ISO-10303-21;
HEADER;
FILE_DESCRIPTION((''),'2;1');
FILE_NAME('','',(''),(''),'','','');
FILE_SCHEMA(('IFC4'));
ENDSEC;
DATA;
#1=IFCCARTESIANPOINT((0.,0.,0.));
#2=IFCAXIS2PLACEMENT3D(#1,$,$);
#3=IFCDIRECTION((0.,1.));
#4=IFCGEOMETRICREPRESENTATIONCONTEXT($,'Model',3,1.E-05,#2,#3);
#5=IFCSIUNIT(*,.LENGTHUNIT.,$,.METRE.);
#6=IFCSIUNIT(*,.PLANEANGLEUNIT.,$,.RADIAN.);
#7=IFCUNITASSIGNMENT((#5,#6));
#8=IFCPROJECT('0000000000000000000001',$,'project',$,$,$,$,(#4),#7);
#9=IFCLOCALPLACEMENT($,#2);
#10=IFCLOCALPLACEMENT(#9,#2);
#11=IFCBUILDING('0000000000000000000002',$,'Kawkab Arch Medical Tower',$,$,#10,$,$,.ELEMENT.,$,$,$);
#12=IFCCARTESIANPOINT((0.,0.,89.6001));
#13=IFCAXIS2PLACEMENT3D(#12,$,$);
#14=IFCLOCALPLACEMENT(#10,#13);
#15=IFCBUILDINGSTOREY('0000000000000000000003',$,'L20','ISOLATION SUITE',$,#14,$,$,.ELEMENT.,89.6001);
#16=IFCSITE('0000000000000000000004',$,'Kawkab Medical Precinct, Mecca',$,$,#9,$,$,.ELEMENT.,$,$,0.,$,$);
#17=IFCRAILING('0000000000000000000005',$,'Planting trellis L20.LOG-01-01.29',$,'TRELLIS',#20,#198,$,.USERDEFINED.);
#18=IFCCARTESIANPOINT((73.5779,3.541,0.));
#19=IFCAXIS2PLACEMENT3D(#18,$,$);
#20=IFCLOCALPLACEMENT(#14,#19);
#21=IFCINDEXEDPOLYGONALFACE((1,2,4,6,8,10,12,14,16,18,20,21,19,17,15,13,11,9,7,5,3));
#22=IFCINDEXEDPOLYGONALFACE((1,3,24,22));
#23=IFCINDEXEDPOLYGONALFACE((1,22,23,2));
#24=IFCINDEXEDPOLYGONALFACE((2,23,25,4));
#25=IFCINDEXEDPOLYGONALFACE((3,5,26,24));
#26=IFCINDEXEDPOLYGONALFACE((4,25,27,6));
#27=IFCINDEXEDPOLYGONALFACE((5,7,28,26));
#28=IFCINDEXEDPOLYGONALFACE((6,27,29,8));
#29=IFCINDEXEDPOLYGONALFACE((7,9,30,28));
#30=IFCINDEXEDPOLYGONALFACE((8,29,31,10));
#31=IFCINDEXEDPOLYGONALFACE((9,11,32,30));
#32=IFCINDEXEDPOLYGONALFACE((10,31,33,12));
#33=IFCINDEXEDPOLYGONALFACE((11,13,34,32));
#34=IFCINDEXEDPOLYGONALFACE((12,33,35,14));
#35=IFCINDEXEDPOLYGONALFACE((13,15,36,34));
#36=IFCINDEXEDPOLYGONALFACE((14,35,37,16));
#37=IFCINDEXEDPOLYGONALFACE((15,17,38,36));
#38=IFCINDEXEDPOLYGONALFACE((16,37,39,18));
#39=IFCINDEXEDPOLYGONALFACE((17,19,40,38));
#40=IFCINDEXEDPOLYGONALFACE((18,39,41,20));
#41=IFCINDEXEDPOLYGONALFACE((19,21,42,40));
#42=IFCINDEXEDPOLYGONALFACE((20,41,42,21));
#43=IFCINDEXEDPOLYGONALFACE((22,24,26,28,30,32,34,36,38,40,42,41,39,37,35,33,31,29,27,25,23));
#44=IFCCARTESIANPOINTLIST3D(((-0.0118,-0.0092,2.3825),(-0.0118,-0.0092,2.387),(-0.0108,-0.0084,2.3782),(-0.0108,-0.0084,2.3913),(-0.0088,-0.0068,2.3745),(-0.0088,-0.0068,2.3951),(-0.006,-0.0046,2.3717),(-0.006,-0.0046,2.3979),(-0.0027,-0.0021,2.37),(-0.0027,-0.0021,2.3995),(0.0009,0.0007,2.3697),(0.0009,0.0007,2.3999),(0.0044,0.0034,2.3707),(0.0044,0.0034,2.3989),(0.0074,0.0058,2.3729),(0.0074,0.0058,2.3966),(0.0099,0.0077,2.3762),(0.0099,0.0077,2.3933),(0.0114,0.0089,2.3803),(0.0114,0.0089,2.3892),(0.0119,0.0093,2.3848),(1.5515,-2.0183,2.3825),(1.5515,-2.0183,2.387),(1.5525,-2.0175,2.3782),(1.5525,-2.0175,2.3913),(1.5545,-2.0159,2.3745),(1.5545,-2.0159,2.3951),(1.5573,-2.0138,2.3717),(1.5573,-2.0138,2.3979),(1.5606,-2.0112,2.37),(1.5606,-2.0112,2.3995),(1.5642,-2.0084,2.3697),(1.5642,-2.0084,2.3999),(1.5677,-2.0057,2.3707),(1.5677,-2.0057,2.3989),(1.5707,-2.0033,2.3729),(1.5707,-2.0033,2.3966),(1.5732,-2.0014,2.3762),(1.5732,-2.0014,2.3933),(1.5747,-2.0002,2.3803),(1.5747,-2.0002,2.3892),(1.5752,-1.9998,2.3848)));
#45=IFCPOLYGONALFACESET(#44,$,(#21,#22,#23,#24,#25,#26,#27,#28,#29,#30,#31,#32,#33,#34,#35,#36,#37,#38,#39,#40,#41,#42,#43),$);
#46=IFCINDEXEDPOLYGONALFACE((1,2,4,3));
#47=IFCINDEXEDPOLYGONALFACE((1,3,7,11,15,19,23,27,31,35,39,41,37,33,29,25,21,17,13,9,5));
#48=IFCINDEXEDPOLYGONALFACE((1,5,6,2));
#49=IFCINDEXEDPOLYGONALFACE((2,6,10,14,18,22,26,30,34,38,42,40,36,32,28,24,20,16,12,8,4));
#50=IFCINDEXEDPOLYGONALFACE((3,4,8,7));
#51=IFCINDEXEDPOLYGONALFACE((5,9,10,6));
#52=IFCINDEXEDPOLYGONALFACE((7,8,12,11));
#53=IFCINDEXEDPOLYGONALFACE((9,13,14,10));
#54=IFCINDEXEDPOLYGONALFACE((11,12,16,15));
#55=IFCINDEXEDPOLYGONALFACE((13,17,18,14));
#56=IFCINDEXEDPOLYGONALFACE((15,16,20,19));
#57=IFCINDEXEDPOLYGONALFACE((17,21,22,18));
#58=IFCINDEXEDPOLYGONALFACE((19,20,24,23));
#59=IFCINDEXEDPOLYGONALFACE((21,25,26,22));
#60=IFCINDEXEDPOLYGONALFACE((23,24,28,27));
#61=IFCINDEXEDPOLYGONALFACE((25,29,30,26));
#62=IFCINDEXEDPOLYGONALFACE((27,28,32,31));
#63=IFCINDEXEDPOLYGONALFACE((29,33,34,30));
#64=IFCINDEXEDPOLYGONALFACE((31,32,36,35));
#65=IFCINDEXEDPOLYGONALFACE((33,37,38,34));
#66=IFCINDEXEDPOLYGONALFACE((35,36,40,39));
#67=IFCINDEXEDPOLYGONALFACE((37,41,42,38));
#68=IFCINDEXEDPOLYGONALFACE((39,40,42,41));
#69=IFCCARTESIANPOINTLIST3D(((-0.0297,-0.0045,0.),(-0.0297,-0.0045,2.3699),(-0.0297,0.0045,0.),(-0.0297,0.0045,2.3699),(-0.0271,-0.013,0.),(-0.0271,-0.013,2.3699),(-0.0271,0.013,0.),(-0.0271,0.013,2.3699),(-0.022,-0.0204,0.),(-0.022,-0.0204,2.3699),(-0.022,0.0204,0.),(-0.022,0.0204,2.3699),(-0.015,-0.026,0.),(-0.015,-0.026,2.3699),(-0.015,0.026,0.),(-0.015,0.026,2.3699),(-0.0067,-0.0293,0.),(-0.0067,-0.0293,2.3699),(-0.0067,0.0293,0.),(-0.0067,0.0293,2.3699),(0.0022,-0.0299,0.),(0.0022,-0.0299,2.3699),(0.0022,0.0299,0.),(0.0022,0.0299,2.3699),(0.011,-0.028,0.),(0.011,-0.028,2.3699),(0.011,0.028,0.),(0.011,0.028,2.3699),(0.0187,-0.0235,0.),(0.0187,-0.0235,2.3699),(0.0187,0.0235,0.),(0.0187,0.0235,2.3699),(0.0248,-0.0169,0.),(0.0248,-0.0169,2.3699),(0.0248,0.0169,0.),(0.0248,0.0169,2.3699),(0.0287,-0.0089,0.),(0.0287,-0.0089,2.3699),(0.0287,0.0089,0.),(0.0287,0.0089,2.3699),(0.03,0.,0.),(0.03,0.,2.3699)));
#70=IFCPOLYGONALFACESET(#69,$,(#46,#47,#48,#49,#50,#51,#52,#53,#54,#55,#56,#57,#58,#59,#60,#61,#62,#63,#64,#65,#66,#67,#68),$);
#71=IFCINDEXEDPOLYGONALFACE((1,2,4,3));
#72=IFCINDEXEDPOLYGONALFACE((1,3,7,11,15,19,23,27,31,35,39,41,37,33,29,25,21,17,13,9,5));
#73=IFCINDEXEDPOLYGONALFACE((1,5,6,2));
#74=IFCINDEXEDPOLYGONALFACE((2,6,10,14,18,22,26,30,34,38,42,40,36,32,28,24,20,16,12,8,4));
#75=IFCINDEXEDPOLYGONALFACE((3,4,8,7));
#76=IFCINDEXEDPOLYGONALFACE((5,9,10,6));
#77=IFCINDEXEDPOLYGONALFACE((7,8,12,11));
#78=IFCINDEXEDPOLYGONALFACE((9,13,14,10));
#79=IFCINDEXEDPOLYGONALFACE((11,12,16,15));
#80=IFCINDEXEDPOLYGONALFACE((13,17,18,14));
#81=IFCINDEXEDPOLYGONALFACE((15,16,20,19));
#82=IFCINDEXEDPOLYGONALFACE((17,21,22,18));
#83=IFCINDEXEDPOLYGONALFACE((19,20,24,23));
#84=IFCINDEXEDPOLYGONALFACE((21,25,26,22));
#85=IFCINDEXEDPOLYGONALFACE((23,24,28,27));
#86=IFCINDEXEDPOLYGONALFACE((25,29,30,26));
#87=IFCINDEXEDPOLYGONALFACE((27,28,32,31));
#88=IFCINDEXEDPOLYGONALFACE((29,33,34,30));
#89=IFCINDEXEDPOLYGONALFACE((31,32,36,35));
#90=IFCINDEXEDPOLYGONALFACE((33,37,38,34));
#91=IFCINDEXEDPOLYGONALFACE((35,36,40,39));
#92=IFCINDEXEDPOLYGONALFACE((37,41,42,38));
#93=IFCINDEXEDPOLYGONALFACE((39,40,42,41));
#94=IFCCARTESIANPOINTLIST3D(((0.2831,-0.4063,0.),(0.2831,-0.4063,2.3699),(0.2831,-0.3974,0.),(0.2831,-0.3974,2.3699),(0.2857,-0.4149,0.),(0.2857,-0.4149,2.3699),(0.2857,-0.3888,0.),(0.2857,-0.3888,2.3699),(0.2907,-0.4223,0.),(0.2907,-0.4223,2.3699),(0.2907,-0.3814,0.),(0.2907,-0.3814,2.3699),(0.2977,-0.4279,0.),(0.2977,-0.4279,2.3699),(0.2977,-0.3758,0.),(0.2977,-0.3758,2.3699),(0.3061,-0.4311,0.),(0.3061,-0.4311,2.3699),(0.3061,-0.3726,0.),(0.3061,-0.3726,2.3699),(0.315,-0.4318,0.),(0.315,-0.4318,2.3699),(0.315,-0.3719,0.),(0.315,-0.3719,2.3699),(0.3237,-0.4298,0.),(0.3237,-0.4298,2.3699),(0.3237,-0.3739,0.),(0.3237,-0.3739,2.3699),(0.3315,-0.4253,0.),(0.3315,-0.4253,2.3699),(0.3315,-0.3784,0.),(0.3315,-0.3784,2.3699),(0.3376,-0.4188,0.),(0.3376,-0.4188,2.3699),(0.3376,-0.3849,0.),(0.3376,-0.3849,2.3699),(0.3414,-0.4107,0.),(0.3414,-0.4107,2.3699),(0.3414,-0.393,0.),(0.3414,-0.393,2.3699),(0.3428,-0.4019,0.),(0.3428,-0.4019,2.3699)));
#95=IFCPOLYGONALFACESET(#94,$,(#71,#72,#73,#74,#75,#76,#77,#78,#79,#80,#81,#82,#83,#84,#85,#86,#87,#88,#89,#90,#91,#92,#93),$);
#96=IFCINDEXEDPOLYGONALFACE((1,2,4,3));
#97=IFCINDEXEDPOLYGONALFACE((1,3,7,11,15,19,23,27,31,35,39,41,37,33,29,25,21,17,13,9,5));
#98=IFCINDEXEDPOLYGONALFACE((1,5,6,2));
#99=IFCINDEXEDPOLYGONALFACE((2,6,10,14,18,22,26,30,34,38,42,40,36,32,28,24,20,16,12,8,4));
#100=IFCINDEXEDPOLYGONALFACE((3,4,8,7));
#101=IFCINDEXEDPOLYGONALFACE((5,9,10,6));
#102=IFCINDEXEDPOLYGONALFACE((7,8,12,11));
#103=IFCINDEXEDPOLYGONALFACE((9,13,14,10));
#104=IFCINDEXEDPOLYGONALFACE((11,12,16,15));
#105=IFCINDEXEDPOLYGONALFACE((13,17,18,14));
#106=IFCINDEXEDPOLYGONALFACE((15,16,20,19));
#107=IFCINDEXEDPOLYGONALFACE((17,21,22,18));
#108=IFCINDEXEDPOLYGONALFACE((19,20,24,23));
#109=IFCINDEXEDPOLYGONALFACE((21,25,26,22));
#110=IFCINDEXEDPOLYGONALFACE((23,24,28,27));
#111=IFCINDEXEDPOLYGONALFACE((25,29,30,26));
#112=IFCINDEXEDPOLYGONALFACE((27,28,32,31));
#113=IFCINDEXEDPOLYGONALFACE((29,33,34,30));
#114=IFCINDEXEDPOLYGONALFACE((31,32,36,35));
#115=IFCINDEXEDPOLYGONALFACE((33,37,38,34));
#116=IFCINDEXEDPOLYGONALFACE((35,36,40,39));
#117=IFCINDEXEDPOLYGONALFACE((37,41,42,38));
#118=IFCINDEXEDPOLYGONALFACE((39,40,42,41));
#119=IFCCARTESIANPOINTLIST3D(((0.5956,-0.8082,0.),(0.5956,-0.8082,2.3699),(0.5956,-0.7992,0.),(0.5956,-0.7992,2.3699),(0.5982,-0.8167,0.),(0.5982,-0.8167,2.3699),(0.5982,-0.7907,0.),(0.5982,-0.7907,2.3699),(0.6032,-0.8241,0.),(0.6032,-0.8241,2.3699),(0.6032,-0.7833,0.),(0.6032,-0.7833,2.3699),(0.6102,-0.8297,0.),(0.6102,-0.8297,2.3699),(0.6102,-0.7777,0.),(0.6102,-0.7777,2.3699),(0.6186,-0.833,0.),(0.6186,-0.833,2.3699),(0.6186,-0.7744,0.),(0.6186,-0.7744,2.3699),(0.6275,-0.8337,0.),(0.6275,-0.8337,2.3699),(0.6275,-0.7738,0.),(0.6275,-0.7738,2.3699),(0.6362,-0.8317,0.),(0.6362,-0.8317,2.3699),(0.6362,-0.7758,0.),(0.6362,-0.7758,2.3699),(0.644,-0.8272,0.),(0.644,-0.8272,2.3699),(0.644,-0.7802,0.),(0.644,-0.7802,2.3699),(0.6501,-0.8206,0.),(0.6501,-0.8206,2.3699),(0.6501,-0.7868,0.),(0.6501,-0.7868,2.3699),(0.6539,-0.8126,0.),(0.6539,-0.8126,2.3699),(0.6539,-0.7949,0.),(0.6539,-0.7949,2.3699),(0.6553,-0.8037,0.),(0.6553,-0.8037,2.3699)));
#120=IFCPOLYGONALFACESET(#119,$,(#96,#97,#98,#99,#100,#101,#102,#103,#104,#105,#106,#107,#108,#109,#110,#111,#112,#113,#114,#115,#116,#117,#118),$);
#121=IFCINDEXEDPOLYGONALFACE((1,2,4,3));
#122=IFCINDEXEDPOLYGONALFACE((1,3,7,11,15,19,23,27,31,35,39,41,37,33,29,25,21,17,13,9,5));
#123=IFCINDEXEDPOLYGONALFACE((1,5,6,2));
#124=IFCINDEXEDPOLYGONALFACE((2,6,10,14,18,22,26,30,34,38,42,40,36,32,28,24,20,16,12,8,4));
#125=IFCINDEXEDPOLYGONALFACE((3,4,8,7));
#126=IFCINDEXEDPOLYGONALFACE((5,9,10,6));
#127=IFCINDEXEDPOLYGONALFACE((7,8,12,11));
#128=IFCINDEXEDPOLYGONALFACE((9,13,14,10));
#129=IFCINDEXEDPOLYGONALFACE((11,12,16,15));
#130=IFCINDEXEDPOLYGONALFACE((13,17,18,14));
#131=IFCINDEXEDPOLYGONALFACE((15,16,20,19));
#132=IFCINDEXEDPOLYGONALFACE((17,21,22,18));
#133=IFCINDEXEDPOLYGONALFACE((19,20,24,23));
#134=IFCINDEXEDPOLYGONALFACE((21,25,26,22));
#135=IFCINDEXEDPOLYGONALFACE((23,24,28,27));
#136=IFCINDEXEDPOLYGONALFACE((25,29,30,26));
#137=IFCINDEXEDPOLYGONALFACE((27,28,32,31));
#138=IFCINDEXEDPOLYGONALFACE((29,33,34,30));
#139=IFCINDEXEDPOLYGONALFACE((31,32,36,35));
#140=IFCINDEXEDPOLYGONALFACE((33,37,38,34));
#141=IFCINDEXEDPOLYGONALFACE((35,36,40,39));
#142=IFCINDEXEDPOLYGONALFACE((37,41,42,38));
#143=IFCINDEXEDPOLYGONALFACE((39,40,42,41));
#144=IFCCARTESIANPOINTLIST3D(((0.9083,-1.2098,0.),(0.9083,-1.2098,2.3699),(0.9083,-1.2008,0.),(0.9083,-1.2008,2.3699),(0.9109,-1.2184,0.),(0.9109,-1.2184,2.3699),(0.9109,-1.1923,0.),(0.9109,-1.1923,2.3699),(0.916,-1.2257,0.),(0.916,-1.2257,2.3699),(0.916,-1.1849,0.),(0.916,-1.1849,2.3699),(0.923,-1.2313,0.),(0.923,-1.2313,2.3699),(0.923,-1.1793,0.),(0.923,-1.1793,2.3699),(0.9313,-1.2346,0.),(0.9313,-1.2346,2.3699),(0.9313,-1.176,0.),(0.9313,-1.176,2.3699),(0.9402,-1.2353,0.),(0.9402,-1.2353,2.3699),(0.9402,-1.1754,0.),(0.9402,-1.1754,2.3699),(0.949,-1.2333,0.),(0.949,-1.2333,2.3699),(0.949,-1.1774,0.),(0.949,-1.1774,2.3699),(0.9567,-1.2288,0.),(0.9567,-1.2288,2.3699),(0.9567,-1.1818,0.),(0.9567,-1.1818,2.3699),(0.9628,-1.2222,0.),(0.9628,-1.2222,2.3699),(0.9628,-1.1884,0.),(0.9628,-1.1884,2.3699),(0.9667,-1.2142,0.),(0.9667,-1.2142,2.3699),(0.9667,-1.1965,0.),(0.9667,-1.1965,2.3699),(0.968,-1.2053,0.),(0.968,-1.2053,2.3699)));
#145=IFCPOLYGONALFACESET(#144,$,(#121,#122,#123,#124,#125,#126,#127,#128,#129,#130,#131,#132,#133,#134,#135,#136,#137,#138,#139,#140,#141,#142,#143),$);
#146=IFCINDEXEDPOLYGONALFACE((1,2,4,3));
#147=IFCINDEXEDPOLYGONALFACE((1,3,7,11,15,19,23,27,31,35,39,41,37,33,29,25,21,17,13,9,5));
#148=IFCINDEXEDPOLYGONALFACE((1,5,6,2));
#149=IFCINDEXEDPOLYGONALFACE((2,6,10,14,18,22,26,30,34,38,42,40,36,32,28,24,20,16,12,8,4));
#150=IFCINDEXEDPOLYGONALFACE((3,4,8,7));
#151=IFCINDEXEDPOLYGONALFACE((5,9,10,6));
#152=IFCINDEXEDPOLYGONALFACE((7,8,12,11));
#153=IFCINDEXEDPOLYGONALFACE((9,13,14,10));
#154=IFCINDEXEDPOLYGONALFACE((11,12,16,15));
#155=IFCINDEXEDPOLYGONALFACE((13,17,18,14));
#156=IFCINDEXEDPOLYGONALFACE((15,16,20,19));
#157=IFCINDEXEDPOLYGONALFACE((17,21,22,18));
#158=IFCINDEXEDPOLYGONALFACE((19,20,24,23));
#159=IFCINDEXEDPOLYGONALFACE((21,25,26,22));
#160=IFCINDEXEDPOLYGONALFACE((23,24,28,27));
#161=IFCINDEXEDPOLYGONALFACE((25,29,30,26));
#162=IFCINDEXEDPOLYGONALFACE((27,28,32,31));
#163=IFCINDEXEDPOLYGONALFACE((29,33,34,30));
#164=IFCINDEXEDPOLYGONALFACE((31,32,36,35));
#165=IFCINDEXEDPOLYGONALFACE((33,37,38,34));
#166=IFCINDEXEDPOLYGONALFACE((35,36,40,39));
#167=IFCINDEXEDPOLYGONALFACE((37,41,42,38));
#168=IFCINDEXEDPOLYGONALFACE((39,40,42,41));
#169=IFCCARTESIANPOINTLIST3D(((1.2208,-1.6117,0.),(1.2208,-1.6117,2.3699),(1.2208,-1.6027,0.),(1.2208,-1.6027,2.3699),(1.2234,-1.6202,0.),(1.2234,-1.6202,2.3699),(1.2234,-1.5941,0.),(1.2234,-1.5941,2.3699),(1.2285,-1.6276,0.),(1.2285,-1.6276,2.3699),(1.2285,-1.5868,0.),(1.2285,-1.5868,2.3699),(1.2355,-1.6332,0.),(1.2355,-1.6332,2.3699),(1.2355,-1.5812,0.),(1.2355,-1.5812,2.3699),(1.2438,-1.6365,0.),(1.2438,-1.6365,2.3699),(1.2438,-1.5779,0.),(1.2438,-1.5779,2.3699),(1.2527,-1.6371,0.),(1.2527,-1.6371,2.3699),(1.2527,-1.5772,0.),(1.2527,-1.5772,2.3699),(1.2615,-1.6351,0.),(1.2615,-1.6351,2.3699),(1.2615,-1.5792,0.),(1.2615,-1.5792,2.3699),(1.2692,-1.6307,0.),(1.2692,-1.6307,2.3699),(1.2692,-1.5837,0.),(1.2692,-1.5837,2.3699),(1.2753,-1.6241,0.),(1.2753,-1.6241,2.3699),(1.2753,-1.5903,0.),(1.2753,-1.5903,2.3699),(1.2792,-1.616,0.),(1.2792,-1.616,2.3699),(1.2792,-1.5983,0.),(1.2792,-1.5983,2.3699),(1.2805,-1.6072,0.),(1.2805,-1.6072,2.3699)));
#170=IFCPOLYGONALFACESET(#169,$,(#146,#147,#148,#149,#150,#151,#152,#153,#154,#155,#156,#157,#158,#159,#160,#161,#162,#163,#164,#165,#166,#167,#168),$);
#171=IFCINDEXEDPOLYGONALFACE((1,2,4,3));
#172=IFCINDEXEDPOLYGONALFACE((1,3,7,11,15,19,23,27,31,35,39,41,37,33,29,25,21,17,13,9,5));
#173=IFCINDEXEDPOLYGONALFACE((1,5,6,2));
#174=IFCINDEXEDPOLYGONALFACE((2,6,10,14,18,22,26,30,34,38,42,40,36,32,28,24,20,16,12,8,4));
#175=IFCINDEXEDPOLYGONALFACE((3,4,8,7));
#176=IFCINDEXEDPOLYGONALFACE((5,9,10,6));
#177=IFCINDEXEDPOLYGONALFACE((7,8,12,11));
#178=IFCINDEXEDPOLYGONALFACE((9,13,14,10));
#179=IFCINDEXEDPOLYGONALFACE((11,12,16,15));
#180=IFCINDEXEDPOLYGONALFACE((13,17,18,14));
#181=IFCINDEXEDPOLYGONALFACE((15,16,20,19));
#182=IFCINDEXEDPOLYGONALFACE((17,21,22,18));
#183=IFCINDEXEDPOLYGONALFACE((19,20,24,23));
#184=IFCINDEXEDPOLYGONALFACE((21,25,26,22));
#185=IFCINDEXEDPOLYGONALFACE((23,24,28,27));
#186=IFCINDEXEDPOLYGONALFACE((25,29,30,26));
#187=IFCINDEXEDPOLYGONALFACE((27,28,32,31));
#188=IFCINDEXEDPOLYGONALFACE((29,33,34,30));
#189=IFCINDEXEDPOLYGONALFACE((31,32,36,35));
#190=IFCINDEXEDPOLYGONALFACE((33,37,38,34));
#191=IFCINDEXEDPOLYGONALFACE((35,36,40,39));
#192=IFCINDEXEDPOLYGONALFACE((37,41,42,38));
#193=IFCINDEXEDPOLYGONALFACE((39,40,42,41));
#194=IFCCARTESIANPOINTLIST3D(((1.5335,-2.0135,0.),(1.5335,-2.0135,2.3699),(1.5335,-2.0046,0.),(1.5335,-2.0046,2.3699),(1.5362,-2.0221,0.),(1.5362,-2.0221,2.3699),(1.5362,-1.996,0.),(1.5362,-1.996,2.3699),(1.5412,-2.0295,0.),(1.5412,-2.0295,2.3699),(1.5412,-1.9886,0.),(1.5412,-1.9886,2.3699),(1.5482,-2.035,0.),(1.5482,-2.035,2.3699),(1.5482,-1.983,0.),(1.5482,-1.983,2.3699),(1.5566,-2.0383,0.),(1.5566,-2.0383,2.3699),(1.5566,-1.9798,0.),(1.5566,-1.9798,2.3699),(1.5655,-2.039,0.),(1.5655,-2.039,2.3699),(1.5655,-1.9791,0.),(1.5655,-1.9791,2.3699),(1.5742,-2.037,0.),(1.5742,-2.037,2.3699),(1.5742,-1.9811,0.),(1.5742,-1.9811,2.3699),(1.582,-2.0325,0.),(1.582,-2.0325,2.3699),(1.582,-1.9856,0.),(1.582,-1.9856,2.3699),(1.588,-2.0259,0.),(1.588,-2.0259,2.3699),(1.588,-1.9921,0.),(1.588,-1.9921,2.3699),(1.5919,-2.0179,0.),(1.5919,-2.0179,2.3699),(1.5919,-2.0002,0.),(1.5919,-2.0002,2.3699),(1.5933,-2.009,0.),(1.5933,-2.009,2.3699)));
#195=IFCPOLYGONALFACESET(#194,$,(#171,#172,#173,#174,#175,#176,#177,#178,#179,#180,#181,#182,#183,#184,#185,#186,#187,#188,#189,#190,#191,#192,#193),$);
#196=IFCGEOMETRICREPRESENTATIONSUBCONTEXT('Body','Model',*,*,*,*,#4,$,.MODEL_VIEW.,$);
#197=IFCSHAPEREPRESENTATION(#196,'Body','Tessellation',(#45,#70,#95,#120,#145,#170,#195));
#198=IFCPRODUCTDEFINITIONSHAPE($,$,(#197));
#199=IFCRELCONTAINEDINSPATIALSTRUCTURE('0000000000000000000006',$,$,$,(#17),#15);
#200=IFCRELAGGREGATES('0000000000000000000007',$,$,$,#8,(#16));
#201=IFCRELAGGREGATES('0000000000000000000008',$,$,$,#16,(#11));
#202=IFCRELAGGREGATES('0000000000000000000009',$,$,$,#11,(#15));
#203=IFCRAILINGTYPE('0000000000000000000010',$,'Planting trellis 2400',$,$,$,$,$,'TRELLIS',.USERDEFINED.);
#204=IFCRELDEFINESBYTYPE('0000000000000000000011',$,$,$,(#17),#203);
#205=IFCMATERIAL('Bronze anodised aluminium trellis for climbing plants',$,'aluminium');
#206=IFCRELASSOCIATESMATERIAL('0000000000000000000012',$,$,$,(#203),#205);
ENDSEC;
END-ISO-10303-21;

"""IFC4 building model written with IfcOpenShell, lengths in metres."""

from ifc_helpers import new_model, si_unit, direction, frame, origin, origin_2d, place, context, subcontext, project, spatial, circle, extrude, material, type_object, element, save


model = new_model("IFC4")

# Units and contexts
model_context = context("Model", 3, precision=1e-05, world=origin(), true_north=direction((0.0, 1.0)))
body_context = subcontext(model_context, "Body", "Model", "MODEL_VIEW")
ifc_project = project(units=[si_unit("LENGTHUNIT", "METRE"), si_unit("PLANEANGLEUNIT", "RADIAN")], contexts=[model_context])

# Site, building, storey
site_placement = place(None, origin())
site = spatial("IfcSite", under=ifc_project, at=site_placement, Name="Kawkab Medical Precinct, Mecca", CompositionType="ELEMENT", RefElevation=0.0)
building_placement = place(site_placement, origin())
building = spatial("IfcBuilding", under=site, at=building_placement, Name="Kawkab Arch Medical Tower", CompositionType="ELEMENT")
storey_placement = place(building_placement, frame((0.0, 0.0, 89.6001)))
storey = spatial("IfcBuildingStorey", under=building, at=storey_placement, Name="L20", Description="ISOLATION SUITE", CompositionType="ELEMENT", Elevation=89.6001)

# Railing
ifc_material_1 = material(Name="Bronze anodised aluminium trellis for climbing plants", Category="aluminium")
railing_type = type_object("IfcRailingType", Name="Planting trellis 2400", ElementType="TRELLIS", PredefinedType="USERDEFINED", material=ifc_material_1)
railing_1_placement = place(storey_placement, frame((73.5779, 3.541, 0.0)))
element("IfcRailing", 1, at=railing_1_placement, inside=storey, type_object=railing_type, Name="Planting trellis L20.LOG-01-01.29", ObjectType="TRELLIS", PredefinedType="USERDEFINED", context=body_context, shape_type="SweptSolid", body=[
    extrude(circle(Radius=0.0151, at=origin_2d()), frame((0.0, 0.0, 2.3848), z_axis=(0.6141, -0.789228, 0.0), x_axis=(0.789228, 0.6141, 0.0)), (0.0, 0.0, 1.0), 2.5457),
    extrude(circle(Radius=0.03, at=origin_2d()), origin(), (0.0, 0.0, 1.0), 2.3699),
    extrude(circle(Radius=0.03, at=origin_2d()), frame((0.3127, -0.4019, 0.0)), (0.0, 0.0, 1.0), 2.3699),
    extrude(circle(Radius=0.03, at=origin_2d()), frame((0.6252, -0.8037, 0.0)), (0.0, 0.0, 1.0), 2.3699),
    extrude(circle(Radius=0.03, at=origin_2d()), frame((0.938, -1.2053, 0.0)), (0.0, 0.0, 1.0), 2.3699),
    extrude(circle(Radius=0.03, at=origin_2d()), frame((1.2505, -1.6072, 0.0)), (0.0, 0.0, 1.0), 2.3699),
    extrude(circle(Radius=0.03, at=origin_2d()), frame((1.5632, -2.009, 0.0)), (0.0, 0.0, 1.0), 2.3699),
])

save(model, "model.ifc")
